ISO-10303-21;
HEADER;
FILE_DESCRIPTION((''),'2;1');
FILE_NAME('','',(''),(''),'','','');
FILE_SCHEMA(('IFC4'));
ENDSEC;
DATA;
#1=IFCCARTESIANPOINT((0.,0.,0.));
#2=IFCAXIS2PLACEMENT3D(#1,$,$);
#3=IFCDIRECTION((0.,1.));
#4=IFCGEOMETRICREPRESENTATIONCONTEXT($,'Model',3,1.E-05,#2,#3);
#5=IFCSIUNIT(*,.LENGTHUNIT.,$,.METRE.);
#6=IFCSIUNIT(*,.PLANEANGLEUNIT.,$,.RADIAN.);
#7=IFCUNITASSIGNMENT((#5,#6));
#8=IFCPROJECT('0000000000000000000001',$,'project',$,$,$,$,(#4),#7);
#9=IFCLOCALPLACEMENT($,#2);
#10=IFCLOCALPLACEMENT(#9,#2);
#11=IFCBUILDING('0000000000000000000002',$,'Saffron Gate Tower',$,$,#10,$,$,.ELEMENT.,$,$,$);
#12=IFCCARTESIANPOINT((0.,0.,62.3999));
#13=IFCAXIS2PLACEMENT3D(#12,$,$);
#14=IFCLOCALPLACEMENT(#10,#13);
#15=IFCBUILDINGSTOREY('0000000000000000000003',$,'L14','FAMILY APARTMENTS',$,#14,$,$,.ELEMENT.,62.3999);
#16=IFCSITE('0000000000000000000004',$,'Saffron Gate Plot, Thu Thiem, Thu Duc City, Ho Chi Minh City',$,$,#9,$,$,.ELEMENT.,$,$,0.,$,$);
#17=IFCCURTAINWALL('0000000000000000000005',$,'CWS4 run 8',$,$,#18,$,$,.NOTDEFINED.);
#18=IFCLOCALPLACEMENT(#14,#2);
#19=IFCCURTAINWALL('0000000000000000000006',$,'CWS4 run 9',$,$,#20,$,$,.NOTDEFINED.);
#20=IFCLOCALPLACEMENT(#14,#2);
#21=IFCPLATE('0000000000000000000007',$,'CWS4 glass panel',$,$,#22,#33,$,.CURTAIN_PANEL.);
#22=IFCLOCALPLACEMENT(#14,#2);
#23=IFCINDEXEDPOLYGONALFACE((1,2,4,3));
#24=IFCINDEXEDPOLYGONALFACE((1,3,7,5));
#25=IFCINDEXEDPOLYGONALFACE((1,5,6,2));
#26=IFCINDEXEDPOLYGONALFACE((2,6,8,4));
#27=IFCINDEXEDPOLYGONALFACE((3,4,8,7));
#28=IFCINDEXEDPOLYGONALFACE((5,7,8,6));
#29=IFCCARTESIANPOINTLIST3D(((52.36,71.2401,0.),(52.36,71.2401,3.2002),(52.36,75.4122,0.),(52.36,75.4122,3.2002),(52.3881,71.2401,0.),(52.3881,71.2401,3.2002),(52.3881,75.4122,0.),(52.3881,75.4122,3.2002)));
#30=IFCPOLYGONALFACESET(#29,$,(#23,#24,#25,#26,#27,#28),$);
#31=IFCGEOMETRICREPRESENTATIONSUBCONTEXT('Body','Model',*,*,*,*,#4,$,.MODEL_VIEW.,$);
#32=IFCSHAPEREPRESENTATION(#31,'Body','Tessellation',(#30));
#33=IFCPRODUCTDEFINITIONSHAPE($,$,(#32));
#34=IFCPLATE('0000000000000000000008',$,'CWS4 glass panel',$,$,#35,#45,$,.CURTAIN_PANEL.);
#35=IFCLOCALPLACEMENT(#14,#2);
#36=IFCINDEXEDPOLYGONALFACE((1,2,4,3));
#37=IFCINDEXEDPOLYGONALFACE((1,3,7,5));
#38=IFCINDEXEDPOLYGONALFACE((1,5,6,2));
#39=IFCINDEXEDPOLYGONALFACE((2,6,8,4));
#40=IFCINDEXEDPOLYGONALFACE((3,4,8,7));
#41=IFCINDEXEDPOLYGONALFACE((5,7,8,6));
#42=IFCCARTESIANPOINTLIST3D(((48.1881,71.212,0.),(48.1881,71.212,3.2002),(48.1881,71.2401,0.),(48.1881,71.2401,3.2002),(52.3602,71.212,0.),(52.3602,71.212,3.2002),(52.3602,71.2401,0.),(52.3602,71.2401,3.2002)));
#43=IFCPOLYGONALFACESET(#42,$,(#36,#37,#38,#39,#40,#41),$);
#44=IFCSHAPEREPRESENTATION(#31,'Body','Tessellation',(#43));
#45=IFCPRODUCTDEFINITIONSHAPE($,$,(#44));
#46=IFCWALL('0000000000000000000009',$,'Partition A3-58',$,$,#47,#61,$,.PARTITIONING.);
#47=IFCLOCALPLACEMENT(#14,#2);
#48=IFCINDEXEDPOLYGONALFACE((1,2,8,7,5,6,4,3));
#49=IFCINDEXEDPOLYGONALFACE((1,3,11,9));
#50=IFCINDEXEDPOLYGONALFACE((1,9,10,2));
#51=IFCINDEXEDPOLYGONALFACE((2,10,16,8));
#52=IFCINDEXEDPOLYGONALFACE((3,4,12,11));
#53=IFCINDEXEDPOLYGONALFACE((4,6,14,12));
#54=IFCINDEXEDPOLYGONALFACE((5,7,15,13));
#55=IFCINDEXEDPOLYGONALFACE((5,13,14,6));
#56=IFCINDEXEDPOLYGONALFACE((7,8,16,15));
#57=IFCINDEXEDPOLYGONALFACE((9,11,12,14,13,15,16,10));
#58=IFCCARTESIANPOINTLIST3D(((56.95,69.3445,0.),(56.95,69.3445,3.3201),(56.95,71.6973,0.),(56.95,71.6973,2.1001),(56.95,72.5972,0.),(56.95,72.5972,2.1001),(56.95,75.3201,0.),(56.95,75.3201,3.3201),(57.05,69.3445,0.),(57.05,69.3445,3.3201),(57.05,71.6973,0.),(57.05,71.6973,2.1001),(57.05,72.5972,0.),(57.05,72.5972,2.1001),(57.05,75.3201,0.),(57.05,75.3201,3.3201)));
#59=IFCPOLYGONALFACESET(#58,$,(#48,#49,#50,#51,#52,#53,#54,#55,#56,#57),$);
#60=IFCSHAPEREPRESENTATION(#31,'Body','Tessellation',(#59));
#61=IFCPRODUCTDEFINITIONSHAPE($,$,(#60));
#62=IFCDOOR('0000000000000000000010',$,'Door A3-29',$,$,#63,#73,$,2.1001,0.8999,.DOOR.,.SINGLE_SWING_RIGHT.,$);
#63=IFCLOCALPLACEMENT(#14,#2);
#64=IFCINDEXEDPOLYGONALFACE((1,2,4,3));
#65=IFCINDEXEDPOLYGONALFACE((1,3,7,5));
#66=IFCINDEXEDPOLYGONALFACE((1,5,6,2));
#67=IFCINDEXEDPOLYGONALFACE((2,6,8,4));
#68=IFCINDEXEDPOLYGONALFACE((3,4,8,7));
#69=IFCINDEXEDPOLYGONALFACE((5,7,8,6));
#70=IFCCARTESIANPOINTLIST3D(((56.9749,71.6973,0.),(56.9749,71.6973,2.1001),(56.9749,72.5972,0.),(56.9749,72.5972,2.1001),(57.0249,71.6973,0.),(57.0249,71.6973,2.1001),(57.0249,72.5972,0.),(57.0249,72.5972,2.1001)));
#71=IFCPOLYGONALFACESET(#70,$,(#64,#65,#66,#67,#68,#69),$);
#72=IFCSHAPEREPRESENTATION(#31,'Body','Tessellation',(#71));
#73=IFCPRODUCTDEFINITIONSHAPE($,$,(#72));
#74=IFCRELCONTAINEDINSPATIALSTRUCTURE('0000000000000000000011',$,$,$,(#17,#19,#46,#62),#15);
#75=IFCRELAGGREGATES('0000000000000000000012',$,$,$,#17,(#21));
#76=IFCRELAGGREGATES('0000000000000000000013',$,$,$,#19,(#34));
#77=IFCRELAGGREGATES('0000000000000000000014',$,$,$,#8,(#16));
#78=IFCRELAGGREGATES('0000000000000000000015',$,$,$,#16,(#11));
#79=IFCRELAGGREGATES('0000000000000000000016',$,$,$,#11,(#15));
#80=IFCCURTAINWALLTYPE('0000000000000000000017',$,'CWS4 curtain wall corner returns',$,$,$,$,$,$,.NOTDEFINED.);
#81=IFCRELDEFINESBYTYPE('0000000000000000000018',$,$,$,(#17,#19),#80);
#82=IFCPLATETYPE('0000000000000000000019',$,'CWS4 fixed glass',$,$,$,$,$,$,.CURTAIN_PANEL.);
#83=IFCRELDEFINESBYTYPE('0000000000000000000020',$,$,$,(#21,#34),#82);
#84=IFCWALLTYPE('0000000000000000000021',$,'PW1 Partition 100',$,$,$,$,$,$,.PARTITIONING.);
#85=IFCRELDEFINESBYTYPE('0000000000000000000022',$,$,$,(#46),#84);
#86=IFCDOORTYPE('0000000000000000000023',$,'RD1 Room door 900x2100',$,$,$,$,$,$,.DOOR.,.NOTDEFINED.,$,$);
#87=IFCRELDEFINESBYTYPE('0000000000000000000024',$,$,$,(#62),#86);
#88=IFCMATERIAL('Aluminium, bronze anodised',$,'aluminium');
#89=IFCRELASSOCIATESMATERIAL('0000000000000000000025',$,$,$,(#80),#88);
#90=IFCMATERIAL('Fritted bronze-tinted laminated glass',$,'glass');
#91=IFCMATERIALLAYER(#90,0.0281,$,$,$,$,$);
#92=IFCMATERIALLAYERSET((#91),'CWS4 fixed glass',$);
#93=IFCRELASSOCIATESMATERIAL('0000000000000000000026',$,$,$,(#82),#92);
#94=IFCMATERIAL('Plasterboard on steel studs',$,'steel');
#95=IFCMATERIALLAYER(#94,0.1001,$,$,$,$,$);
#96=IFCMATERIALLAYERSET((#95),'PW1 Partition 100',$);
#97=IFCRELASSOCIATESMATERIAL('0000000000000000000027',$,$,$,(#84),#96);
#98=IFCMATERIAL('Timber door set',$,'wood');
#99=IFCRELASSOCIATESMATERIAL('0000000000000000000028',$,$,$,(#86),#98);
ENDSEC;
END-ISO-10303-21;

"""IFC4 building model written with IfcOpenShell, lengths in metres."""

from ifc_helpers import new_model, si_unit, direction, frame, frame_2d, origin, place, context, subcontext, project, spatial, rectangle, extrude, material, layer, layer_set, type_object, element, fill, aggregate, save


model = new_model("IFC4")

# Units and contexts
model_context = context("Model", 3, precision=1e-05, world=origin(), true_north=direction((0.0, 1.0)))
body_context = subcontext(model_context, "Body", "Model", "MODEL_VIEW")
ifc_project = project(units=[si_unit("LENGTHUNIT", "METRE"), si_unit("PLANEANGLEUNIT", "RADIAN")], contexts=[model_context])

# Site, building, storey
site_placement = place(None, origin())
site = spatial("IfcSite", under=ifc_project, at=site_placement, Name="Saffron Gate Plot, Thu Thiem, Thu Duc City, Ho Chi Minh City", CompositionType="ELEMENT", RefElevation=0.0)
building_placement = place(site_placement, origin())
building = spatial("IfcBuilding", under=site, at=building_placement, Name="Saffron Gate Tower", CompositionType="ELEMENT")
storey_placement = place(building_placement, frame((0.0, 0.0, 62.3999)))
storey = spatial("IfcBuildingStorey", under=building, at=storey_placement, Name="L14", Description="FAMILY APARTMENTS", CompositionType="ELEMENT", Elevation=62.3999)

# Shared definitions
ifc_material_1 = material(Name="Aluminium, bronze anodised", Category="aluminium")

# Curtain walls
curtain_wall_type_1 = type_object("IfcCurtainWallType", Name="CWS4 curtain wall corner returns", PredefinedType="NOTDEFINED", material=ifc_material_1)
curtain_wall_1_placement = place(storey_placement, origin())
curtain_wall_1 = element("IfcCurtainWall", 1, at=curtain_wall_1_placement, inside=storey, type_object=curtain_wall_type_1, Name="CWS4 run 8", PredefinedType="NOTDEFINED")
curtain_wall_2_placement = place(storey_placement, origin())
curtain_wall_2 = element("IfcCurtainWall", 2, at=curtain_wall_2_placement, inside=storey, type_object=curtain_wall_type_1, Name="CWS4 run 9", PredefinedType="NOTDEFINED")

# Shared definitions
ifc_material_2 = material(Name="Fritted bronze-tinted laminated glass", Category="glass")

# Plates
ifc_layer_1 = layer(ifc_material_2, 0.0281)
ifc_layer_set_1 = layer_set([ifc_layer_1], Name="CWS4 fixed glass")
plate_type_1 = type_object("IfcPlateType", Name="CWS4 fixed glass", PredefinedType="CURTAIN_PANEL", material=ifc_layer_set_1)
plate_1_placement = place(storey_placement, frame((52.374, 75.4121, 0.0), z_axis=(0.0, 0.0, 1.0), x_axis=(0.0, -1.0, 0.0)))
plate_1 = element("IfcPlate", 3, at=plate_1_placement, type_object=plate_type_1, Name="CWS4 glass panel", PredefinedType="CURTAIN_PANEL", context=body_context, shape_type="SweptSolid", body=[
    extrude(rectangle(XDim=4.1721, YDim=0.0281, at=frame_2d((2.0859, 0.0))), origin(), (0.0, 0.0, 1.0), 3.2002),
])
aggregate(curtain_wall_1, [plate_1])
plate_2_placement = place(storey_placement, frame((52.3601, 71.2261, 0.0), z_axis=(0.0, 0.0, 1.0), x_axis=(-1.0, 0.0, 0.0)))
plate_2 = element("IfcPlate", 4, at=plate_2_placement, type_object=plate_type_1, Name="CWS4 glass panel", PredefinedType="CURTAIN_PANEL", context=body_context, shape_type="SweptSolid", body=[
    extrude(rectangle(XDim=4.1721, YDim=0.0281, at=frame_2d((2.0859, 0.0))), origin(), (0.0, 0.0, 1.0), 3.2002),
])
aggregate(curtain_wall_2, [plate_2])

# Wall, opening, door
ifc_material_3 = material(Name="Plasterboard on steel studs", Category="steel")
ifc_layer_2 = layer(ifc_material_3, 0.1001)
ifc_layer_set_2 = layer_set([ifc_layer_2], Name="PW1 Partition 100")
wall_type = type_object("IfcWallType", Name="PW1 Partition 100", PredefinedType="PARTITIONING", material=ifc_layer_set_2)
wall_placement = place(storey_placement, frame((57.0, 75.3201, 0.0), z_axis=(0.0, 0.0, 1.0), x_axis=(0.0, -1.0, 0.0)))
wall = element("IfcWall", 5, at=wall_placement, inside=storey, type_object=wall_type, Name="Partition A3-58", PredefinedType="PARTITIONING", context=body_context, shape_type="SweptSolid", body=[
    extrude(rectangle(XDim=5.9756, YDim=0.1001, at=frame_2d((2.9878, 0.0))), origin(), (0.0, 0.0, 1.0), 3.3201),
])
opening_1_placement = place(wall_placement, frame((2.7229, 0.0, 0.0)))
opening_1 = element("IfcOpeningElement", 6, at=opening_1_placement, cuts=wall, PredefinedType="OPENING", context=body_context, shape_type="SweptSolid", body=[
    extrude(rectangle(XDim=0.8999, YDim=2.1001, at=frame_2d((0.45, 1.05))), frame((0.0, 0.0601, 0.0), z_axis=(0.0, -1.0, 0.0), x_axis=(1.0, 0.0, 0.0)), (0.0, 0.0, 1.0), 0.1201),
])
ifc_material_4 = material(Name="Timber door set", Category="wood")
door_type = type_object("IfcDoorType", Name="RD1 Room door 900x2100", OperationType="NOTDEFINED", PredefinedType="DOOR", material=ifc_material_4)
door_placement = place(opening_1_placement, origin())
door = element("IfcDoor", 7, at=door_placement, inside=storey, type_object=door_type, Name="Door A3-29", OperationType="SINGLE_SWING_RIGHT", OverallHeight=2.1001, OverallWidth=0.8999, PredefinedType="DOOR", context=body_context, shape_type="SweptSolid", body=[
    extrude(rectangle(XDim=0.8999, YDim=2.1001, at=frame_2d((0.45, 1.05))), frame((0.0, 0.0249, 0.0), z_axis=(0.0, -1.0, 0.0), x_axis=(1.0, 0.0, 0.0)), (0.0, 0.0, 1.0), 0.05),
])
fill(opening_1, door)

save(model, "model.ifc")
